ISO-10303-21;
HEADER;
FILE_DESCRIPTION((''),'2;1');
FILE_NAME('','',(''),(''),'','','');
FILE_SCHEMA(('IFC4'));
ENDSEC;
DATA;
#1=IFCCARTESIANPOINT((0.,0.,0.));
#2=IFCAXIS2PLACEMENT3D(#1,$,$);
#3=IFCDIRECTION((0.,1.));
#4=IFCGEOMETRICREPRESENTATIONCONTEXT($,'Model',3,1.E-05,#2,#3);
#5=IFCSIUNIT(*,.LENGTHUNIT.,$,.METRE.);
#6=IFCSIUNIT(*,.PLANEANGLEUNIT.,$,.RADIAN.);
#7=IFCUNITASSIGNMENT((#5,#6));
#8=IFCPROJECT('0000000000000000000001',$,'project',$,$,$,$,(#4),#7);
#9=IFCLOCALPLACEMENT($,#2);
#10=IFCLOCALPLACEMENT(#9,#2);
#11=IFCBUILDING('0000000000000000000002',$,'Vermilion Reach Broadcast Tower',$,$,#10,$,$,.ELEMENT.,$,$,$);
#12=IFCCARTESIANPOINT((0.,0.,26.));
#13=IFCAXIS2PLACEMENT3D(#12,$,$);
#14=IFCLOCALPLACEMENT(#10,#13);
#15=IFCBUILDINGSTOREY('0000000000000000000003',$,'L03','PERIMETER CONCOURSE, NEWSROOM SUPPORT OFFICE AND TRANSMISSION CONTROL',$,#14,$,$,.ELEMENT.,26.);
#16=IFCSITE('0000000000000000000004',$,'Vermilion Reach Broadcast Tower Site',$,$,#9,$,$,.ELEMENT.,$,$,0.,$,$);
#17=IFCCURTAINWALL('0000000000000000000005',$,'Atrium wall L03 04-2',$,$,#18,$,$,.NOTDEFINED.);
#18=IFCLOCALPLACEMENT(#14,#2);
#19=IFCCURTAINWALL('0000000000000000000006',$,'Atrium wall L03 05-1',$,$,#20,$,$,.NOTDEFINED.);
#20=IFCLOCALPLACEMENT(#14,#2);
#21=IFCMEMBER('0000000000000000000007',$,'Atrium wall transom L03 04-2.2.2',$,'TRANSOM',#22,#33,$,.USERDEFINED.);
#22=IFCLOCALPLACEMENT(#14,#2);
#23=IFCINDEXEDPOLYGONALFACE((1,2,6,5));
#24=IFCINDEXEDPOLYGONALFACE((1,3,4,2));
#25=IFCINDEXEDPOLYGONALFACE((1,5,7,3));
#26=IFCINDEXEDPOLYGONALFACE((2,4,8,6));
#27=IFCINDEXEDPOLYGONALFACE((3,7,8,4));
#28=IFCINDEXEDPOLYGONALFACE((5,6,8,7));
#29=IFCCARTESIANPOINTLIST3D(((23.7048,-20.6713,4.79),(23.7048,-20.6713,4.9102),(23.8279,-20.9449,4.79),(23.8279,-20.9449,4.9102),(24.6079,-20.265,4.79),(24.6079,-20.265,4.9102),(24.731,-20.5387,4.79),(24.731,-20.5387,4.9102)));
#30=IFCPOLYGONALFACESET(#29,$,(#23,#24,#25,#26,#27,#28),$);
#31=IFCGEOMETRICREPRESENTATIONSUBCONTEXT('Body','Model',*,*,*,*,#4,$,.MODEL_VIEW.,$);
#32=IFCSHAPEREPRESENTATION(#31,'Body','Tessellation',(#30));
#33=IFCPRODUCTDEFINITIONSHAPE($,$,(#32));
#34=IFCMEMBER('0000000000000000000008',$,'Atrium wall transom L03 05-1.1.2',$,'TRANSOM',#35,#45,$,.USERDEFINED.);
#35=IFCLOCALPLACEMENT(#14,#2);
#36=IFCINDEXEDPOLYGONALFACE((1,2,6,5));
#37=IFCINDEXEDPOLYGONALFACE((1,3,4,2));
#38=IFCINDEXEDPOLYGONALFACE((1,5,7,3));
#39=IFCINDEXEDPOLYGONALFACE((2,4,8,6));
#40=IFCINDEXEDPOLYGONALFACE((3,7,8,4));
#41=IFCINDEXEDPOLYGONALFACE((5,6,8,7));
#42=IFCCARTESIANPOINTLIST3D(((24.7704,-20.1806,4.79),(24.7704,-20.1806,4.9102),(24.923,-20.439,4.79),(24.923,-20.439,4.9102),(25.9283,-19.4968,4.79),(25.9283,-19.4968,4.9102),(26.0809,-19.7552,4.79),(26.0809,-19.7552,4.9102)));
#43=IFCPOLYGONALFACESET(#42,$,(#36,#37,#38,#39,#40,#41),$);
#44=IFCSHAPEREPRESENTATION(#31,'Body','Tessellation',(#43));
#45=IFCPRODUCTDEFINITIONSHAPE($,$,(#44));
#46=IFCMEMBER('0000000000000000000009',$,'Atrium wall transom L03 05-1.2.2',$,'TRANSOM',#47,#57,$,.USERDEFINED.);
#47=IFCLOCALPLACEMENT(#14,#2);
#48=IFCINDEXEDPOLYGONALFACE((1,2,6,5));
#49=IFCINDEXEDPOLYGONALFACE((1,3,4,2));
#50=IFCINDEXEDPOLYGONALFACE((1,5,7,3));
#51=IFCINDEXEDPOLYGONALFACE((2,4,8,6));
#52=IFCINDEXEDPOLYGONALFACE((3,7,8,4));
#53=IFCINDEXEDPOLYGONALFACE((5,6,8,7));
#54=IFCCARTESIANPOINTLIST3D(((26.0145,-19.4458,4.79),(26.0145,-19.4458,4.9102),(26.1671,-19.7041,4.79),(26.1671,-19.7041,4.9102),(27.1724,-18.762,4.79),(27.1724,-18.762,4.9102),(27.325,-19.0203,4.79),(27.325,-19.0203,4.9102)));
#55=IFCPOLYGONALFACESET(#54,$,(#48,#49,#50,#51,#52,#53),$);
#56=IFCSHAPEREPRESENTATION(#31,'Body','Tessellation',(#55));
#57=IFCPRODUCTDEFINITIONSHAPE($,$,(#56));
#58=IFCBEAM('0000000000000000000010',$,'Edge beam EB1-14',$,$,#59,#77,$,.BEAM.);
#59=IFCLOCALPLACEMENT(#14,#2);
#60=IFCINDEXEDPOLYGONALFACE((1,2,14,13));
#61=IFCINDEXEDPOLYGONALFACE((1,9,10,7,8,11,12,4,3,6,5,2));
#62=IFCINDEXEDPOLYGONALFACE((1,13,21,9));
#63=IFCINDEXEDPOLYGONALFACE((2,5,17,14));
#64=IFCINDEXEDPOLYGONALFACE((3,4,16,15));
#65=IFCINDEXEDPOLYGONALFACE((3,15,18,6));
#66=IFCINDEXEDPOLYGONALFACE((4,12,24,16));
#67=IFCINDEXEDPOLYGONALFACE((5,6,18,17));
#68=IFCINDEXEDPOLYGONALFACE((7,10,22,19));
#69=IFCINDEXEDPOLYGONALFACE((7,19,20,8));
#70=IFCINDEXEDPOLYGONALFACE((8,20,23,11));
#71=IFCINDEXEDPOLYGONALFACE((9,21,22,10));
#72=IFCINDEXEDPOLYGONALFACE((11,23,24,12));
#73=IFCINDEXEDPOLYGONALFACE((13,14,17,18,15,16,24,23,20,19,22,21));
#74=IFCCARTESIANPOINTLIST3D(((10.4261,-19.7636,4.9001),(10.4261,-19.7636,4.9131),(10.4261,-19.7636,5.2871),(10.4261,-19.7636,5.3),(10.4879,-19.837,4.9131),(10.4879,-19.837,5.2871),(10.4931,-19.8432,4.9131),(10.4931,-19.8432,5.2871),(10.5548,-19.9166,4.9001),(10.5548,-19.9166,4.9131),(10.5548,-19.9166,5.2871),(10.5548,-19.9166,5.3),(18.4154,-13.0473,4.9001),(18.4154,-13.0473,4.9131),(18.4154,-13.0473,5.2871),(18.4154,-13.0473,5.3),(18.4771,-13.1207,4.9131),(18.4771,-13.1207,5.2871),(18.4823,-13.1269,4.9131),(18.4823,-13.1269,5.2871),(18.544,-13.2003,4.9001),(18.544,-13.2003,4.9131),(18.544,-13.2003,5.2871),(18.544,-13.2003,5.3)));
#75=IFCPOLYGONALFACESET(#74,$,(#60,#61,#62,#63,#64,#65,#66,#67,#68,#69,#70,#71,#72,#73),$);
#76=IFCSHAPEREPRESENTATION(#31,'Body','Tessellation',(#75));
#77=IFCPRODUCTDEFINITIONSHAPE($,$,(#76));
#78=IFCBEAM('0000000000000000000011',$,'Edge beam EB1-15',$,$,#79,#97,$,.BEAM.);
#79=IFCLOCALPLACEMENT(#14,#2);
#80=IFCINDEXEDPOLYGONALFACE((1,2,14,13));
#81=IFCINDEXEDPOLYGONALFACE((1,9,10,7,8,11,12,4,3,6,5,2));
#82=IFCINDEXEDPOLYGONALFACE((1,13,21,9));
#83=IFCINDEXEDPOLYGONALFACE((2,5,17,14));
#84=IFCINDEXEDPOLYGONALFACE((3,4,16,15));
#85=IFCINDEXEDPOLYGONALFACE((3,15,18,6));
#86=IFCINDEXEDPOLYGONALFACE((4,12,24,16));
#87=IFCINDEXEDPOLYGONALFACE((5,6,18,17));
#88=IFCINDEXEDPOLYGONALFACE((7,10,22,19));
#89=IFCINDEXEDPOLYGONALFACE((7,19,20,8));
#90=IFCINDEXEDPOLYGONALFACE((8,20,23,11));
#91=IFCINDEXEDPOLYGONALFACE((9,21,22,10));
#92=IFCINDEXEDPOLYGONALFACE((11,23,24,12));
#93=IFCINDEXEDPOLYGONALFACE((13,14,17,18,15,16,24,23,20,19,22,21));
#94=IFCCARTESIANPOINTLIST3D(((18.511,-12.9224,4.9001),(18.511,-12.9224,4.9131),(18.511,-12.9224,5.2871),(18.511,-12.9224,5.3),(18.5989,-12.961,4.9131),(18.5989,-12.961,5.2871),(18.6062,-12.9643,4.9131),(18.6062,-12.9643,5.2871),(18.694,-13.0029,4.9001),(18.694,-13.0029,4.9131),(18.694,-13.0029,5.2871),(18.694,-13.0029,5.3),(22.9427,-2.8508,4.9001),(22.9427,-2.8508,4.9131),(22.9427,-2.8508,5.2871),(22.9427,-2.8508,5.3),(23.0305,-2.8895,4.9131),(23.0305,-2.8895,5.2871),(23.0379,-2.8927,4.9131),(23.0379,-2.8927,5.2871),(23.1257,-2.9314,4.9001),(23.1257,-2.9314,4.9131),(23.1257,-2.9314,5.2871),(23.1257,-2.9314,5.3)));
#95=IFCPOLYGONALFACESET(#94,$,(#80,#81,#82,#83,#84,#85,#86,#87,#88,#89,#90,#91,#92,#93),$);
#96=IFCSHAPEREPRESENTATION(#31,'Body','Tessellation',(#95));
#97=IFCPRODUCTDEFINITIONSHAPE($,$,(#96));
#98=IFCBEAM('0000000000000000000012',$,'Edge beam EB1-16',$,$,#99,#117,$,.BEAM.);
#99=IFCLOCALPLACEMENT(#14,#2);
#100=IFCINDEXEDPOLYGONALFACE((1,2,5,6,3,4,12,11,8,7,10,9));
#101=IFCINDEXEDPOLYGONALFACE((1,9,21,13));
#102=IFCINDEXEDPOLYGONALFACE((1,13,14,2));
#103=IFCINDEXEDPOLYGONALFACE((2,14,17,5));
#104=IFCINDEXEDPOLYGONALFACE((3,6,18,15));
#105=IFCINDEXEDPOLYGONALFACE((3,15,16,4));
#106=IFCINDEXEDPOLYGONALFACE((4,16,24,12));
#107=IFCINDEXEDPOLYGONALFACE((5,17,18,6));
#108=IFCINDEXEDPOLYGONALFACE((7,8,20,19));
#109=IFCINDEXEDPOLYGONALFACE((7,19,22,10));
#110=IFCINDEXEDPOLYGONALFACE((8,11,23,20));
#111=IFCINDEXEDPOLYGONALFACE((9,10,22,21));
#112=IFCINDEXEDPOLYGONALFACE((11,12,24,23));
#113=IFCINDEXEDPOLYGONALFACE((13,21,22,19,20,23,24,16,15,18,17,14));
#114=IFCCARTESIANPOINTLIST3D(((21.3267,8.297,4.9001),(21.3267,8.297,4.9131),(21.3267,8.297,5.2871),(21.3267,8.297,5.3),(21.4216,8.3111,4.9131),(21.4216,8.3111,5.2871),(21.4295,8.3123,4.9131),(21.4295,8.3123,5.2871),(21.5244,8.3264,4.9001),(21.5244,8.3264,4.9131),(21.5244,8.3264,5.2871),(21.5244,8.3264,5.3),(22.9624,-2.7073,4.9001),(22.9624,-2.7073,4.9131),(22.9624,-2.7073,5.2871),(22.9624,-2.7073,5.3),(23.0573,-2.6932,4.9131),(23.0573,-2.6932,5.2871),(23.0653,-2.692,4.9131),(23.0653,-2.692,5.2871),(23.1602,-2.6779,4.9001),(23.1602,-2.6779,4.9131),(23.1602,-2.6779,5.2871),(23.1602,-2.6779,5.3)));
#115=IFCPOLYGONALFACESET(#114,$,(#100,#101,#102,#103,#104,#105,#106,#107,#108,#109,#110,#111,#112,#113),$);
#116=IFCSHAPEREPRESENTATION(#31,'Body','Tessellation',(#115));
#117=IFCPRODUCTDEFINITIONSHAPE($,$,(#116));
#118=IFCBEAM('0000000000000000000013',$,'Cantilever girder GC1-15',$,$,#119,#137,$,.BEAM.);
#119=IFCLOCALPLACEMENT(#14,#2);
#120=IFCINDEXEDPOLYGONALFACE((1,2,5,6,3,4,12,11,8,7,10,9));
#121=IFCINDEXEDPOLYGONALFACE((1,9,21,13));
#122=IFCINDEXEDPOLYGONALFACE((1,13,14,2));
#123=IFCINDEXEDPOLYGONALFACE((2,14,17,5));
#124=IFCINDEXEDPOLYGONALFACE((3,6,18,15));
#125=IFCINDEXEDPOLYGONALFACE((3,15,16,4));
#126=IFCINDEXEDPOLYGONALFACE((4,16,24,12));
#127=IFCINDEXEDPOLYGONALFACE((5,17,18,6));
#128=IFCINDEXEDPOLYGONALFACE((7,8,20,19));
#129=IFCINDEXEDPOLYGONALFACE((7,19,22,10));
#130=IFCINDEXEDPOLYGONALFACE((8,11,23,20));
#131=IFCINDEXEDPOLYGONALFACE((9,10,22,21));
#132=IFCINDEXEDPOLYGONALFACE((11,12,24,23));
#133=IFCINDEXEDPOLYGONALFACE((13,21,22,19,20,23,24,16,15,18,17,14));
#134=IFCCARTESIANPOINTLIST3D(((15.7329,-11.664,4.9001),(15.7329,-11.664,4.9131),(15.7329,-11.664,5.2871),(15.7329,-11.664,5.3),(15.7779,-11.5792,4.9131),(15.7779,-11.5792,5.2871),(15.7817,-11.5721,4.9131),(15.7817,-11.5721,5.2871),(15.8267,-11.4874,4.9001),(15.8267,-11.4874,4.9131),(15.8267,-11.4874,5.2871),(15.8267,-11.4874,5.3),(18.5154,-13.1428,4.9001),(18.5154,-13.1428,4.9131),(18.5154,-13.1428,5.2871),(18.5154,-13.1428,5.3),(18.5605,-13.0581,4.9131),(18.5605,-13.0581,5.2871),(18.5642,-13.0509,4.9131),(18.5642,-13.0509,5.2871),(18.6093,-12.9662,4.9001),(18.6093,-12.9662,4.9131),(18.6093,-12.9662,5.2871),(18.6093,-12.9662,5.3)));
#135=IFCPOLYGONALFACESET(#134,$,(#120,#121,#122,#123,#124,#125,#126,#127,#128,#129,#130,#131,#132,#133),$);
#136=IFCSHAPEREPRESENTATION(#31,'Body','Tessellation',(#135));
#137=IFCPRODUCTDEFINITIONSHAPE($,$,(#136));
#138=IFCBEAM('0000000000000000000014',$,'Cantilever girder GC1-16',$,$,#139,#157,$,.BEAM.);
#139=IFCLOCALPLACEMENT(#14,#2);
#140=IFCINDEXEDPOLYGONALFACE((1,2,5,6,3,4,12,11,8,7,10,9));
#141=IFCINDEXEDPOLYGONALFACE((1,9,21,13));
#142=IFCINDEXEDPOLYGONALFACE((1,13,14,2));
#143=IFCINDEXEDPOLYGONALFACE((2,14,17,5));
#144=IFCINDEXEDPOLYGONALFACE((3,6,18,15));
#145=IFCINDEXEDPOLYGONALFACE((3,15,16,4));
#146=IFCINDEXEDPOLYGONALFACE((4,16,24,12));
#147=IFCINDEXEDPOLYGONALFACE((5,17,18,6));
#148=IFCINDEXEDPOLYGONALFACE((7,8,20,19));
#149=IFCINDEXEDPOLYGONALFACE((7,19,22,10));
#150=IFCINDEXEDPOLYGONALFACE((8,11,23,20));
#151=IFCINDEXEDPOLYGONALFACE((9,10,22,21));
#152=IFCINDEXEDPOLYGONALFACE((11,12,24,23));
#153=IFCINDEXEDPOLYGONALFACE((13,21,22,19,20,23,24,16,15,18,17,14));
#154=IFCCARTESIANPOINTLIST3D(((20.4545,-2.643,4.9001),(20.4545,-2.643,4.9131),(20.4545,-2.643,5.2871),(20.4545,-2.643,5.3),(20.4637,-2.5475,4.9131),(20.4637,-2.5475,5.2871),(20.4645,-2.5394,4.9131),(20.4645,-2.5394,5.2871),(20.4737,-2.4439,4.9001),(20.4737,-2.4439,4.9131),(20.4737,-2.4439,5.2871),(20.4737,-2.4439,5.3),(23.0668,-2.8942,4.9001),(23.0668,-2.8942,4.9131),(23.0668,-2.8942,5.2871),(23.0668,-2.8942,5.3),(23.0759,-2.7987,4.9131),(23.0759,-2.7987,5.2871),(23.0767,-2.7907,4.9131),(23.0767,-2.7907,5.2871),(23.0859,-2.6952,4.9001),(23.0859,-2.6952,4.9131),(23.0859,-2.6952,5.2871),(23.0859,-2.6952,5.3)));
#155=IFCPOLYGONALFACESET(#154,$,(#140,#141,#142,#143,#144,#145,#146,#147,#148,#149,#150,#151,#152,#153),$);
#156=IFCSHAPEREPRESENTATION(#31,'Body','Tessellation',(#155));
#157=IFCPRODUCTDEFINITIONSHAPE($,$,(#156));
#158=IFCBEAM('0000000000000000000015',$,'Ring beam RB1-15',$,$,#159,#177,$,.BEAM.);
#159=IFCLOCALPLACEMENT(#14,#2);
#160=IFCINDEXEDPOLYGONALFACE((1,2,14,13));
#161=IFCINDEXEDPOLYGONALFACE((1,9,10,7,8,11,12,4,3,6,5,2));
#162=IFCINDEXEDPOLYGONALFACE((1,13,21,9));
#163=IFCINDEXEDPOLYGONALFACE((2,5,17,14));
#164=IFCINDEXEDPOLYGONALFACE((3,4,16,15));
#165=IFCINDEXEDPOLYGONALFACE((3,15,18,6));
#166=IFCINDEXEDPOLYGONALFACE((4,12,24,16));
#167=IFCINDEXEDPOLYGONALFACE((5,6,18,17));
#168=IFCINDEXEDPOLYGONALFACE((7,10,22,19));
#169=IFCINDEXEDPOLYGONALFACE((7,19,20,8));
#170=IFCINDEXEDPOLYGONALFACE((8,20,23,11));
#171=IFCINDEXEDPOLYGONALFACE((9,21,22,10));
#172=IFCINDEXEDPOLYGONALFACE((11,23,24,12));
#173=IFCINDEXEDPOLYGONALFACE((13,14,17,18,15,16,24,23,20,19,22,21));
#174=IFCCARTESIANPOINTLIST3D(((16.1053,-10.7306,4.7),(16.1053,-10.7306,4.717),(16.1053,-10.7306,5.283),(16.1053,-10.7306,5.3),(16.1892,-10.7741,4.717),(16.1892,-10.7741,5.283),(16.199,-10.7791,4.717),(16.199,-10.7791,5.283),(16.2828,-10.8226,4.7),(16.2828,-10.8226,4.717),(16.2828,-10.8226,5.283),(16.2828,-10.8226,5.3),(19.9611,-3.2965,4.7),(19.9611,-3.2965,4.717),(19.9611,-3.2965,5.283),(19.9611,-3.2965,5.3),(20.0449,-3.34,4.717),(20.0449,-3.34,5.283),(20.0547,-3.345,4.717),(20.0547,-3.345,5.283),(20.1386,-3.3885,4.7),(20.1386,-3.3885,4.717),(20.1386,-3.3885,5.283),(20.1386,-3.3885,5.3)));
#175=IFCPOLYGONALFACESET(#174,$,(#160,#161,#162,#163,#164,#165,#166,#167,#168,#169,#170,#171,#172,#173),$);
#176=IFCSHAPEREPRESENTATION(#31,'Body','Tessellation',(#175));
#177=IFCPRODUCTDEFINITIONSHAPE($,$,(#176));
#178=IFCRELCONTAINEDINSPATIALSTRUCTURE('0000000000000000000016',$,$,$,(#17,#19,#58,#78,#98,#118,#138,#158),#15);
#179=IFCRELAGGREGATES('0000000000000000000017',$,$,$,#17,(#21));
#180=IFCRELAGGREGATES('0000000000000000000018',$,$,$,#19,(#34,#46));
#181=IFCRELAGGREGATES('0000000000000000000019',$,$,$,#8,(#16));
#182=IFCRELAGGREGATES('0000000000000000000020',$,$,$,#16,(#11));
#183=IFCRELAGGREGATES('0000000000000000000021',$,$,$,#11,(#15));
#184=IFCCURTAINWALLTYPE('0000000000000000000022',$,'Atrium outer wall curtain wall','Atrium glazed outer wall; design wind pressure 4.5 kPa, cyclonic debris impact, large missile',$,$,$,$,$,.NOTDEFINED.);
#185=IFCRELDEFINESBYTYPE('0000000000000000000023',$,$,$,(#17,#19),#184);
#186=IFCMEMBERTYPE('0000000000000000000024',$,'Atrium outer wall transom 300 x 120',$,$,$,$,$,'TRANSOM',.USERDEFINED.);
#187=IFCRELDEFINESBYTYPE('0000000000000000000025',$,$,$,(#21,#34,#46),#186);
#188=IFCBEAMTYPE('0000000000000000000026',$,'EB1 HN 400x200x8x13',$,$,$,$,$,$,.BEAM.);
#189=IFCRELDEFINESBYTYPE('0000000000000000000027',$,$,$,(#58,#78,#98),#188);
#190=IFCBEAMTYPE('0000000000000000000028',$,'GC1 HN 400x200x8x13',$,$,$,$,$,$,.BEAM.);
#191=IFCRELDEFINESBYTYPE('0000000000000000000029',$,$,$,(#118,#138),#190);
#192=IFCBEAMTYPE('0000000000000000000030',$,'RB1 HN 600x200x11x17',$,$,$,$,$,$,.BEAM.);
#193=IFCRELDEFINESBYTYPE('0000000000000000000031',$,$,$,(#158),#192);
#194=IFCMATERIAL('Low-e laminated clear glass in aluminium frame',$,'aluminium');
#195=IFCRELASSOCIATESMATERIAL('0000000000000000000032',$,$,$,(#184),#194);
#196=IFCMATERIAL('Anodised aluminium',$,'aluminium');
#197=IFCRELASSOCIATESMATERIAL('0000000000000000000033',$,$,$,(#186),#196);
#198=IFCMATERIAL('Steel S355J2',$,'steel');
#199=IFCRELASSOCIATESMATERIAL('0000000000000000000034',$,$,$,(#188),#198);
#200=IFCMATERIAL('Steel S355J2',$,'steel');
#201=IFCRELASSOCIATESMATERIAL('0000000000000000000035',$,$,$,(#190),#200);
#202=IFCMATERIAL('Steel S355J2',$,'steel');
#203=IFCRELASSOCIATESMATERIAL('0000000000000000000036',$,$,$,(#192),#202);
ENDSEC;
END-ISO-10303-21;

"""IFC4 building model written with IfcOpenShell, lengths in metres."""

from ifc_helpers import new_model, si_unit, direction, frame, origin, origin_2d, place, context, subcontext, project, spatial, rectangle, i_section, extrude, material, material_profile, profile_set, type_object, element, aggregate, save


model = new_model("IFC4")

# Units and contexts
model_context = context("Model", 3, precision=1e-05, world=origin(), true_north=direction((0.0, 1.0)))
body_context = subcontext(model_context, "Body", "Model", "MODEL_VIEW")
ifc_project = project(units=[si_unit("LENGTHUNIT", "METRE"), si_unit("PLANEANGLEUNIT", "RADIAN")], contexts=[model_context])

# Site, building, storey
site_placement = place(None, origin())
site = spatial("IfcSite", under=ifc_project, at=site_placement, Name="Vermilion Reach Broadcast Tower Site", CompositionType="ELEMENT", RefElevation=0.0)
building_placement = place(site_placement, origin())
building = spatial("IfcBuilding", under=site, at=building_placement, Name="Vermilion Reach Broadcast Tower", CompositionType="ELEMENT")
storey_placement = place(building_placement, frame((0.0, 0.0, 26.0)))
storey = spatial("IfcBuildingStorey", under=building, at=storey_placement, Name="L03", Description="PERIMETER CONCOURSE, NEWSROOM SUPPORT OFFICE AND TRANSMISSION CONTROL", CompositionType="ELEMENT", Elevation=26.0)

# Curtain walls
ifc_material_1 = material(Name="Low-e laminated clear glass in aluminium frame", Category="aluminium")
curtain_wall_type = type_object("IfcCurtainWallType", Name="Atrium outer wall curtain wall", Description="Atrium glazed outer wall; design wind pressure 4.5 kPa, cyclonic debris impact, large missile", PredefinedType="NOTDEFINED", material=ifc_material_1)
placement = place(storey_placement, origin())
curtain_wall_1 = element("IfcCurtainWall", 1, at=placement, inside=storey, type_object=curtain_wall_type, Name="Atrium wall L03 04-2", PredefinedType="NOTDEFINED")
curtain_wall_2 = element("IfcCurtainWall", 2, at=placement, inside=storey, type_object=curtain_wall_type, Name="Atrium wall L03 05-1", PredefinedType="NOTDEFINED")

# Members
ifc_material_2 = material(Name="Anodised aluminium", Category="aluminium")
ifc_material_profile_1 = material_profile(ifc_material_2, rectangle(XDim=0.3, YDim=0.1201, at=origin_2d()), Name="Atrium outer wall transom 300 x 120")
ifc_profile_set_1 = profile_set([ifc_material_profile_1], Name="Anodised aluminium")
member_type_1 = type_object("IfcMemberType", Name="Atrium outer wall transom 300 x 120", ElementType="TRANSOM", PredefinedType="USERDEFINED", material=ifc_profile_set_1)
member_1_placement = place(storey_placement, frame((23.7664, -20.8081, 4.8501), z_axis=(0.911972, 0.410252, 0.0), x_axis=(-0.410252, 0.911972, 0.0)))
member_1 = element("IfcMember", 3, at=member_1_placement, type_object=member_type_1, Name="Atrium wall transom L03 04-2.2.2", ObjectType="TRANSOM", PredefinedType="USERDEFINED", context=body_context, shape_type="SweptSolid", body=[
    extrude(rectangle(XDim=0.3, YDim=0.1201, at=origin_2d()), origin(), (0.0, 0.0, 1.0), 0.9902),
])
member_2_placement = place(storey_placement, frame((24.8467, -20.3098, 4.8501), z_axis=(0.86106, 0.508503, 0.0), x_axis=(-0.508503, 0.86106, 0.0)))
member_2 = element("IfcMember", 4, at=member_2_placement, type_object=member_type_1, Name="Atrium wall transom L03 05-1.1.2", ObjectType="TRANSOM", PredefinedType="USERDEFINED", context=body_context, shape_type="SweptSolid", body=[
    extrude(rectangle(XDim=0.3, YDim=0.1201, at=origin_2d()), origin(), (0.0, 0.0, 1.0), 1.3447),
])
member_3_placement = place(storey_placement, frame((26.0908, -19.575, 4.8501), z_axis=(0.86106, 0.508503, 0.0), x_axis=(-0.508503, 0.86106, 0.0)))
member_3 = element("IfcMember", 5, at=member_3_placement, type_object=member_type_1, Name="Atrium wall transom L03 05-1.2.2", ObjectType="TRANSOM", PredefinedType="USERDEFINED", context=body_context, shape_type="SweptSolid", body=[
    extrude(rectangle(XDim=0.3, YDim=0.1201, at=origin_2d()), origin(), (0.0, 0.0, 1.0), 1.3447),
])

# Beams
ifc_material_3 = material(Name="Steel S355J2", Category="steel")
ifc_material_profile_2 = material_profile(ifc_material_3, i_section(OverallWidth=0.2, OverallDepth=0.3999, WebThickness=0.0081, FlangeThickness=0.0129, at=origin_2d()), Name="S355J2 HN 400x200x8x13")
ifc_profile_set_2 = profile_set([ifc_material_profile_2], Name="Steel S355J2")
beam_type_1 = type_object("IfcBeamType", Name="EB1 HN 400x200x8x13", PredefinedType="BEAM", material=ifc_profile_set_2)
beam_1_placement = place(storey_placement, frame((10.4905, -19.8401, 5.1001), z_axis=(0.765453, 0.643492, 0.0), x_axis=(-0.643492, 0.765453, 0.0)))
element("IfcBeam", 6, at=beam_1_placement, inside=storey, type_object=beam_type_1, Name="Edge beam EB1-14", PredefinedType="BEAM", context=body_context, shape_type="SweptSolid", body=[
    extrude(i_section(OverallWidth=0.2, OverallDepth=0.3999, WebThickness=0.0081, FlangeThickness=0.0129, at=origin_2d()), origin(), (0.0, 0.0, 1.0), 10.4373),
])
beam_2_placement = place(storey_placement, frame((18.6025, -12.9626, 5.1001), z_axis=(0.402751, 0.915309, 0.0), x_axis=(-0.915309, 0.402751, 0.0)))
element("IfcBeam", 7, at=beam_2_placement, inside=storey, type_object=beam_type_1, Name="Edge beam EB1-15", PredefinedType="BEAM", context=body_context, shape_type="SweptSolid", body=[
    extrude(i_section(OverallWidth=0.2, OverallDepth=0.3999, WebThickness=0.0081, FlangeThickness=0.0129, at=origin_2d()), origin(), (0.0, 0.0, 1.0), 11.0034),
])
beam_3_placement = place(storey_placement, frame((23.0613, -2.6926, 5.1001), z_axis=(-0.147029, 0.989132, 0.0), x_axis=(-0.989132, -0.147029, 0.0)))
element("IfcBeam", 8, at=beam_3_placement, inside=storey, type_object=beam_type_1, Name="Edge beam EB1-16", PredefinedType="BEAM", context=body_context, shape_type="SweptSolid", body=[
    extrude(i_section(OverallWidth=0.2, OverallDepth=0.3999, WebThickness=0.0081, FlangeThickness=0.0129, at=origin_2d()), origin(), (0.0, 0.0, 1.0), 11.1252),
])
ifc_material_4 = material(Name="Steel S355J2", Category="steel")
ifc_material_profile_3 = material_profile(ifc_material_4, i_section(OverallWidth=0.2, OverallDepth=0.3999, WebThickness=0.0081, FlangeThickness=0.0129, at=origin_2d()), Name="S355J2 HN 400x200x8x13")
ifc_profile_set_3 = profile_set([ifc_material_profile_3], Name="Steel S355J2")
beam_type_2 = type_object("IfcBeamType", Name="GC1 HN 400x200x8x13", PredefinedType="BEAM", material=ifc_profile_set_3)
beam_4_placement = place(storey_placement, frame((15.7798, -11.5757, 5.1001), z_axis=(0.88304, -0.469297, 0.0), x_axis=(0.469297, 0.88304, 0.0)))
element("IfcBeam", 9, at=beam_4_placement, inside=storey, type_object=beam_type_2, Name="Cantilever girder GC1-15", PredefinedType="BEAM", context=body_context, shape_type="SweptSolid", body=[
    extrude(i_section(OverallWidth=0.2, OverallDepth=0.3999, WebThickness=0.0081, FlangeThickness=0.0129, at=origin_2d()), origin(), (0.0, 0.0, 1.0), 3.1511),
])
beam_5_placement = place(storey_placement, frame((20.4641, -2.5435, 5.1001), z_axis=(0.995408, -0.095727, 0.0), x_axis=(0.095727, 0.995408, 0.0)))
element("IfcBeam", 10, at=beam_5_placement, inside=storey, type_object=beam_type_2, Name="Cantilever girder GC1-16", PredefinedType="BEAM", context=body_context, shape_type="SweptSolid", body=[
    extrude(i_section(OverallWidth=0.2, OverallDepth=0.3999, WebThickness=0.0081, FlangeThickness=0.0129, at=origin_2d()), origin(), (0.0, 0.0, 1.0), 2.6243),
])
ifc_material_5 = material(Name="Steel S355J2", Category="steel")
ifc_material_profile_4 = material_profile(ifc_material_5, i_section(OverallWidth=0.2, OverallDepth=0.6001, WebThickness=0.011, FlangeThickness=0.0171, at=origin_2d()), Name="S355J2 HN 600x200x11x17")
ifc_profile_set_4 = profile_set([ifc_material_profile_4], Name="Steel S355J2")
beam_type_3 = type_object("IfcBeamType", Name="RB1 HN 600x200x11x17", PredefinedType="BEAM", material=ifc_profile_set_4)
beam_6_placement = place(storey_placement, frame((16.1941, -10.7766, 5.0), z_axis=(0.460412, 0.887706, 0.0), x_axis=(-0.887706, 0.460412, 0.0)))
element("IfcBeam", 11, at=beam_6_placement, inside=storey, type_object=beam_type_3, Name="Ring beam RB1-15", PredefinedType="BEAM", context=body_context, shape_type="SweptSolid", body=[
    extrude(i_section(OverallWidth=0.2, OverallDepth=0.6001, WebThickness=0.011, FlangeThickness=0.0171, at=origin_2d()), origin(), (0.0, 0.0, 1.0), 8.3745),
])

aggregate(curtain_wall_1, [member_1])
aggregate(curtain_wall_2, [member_2, member_3])

save(model, "model.ifc")
